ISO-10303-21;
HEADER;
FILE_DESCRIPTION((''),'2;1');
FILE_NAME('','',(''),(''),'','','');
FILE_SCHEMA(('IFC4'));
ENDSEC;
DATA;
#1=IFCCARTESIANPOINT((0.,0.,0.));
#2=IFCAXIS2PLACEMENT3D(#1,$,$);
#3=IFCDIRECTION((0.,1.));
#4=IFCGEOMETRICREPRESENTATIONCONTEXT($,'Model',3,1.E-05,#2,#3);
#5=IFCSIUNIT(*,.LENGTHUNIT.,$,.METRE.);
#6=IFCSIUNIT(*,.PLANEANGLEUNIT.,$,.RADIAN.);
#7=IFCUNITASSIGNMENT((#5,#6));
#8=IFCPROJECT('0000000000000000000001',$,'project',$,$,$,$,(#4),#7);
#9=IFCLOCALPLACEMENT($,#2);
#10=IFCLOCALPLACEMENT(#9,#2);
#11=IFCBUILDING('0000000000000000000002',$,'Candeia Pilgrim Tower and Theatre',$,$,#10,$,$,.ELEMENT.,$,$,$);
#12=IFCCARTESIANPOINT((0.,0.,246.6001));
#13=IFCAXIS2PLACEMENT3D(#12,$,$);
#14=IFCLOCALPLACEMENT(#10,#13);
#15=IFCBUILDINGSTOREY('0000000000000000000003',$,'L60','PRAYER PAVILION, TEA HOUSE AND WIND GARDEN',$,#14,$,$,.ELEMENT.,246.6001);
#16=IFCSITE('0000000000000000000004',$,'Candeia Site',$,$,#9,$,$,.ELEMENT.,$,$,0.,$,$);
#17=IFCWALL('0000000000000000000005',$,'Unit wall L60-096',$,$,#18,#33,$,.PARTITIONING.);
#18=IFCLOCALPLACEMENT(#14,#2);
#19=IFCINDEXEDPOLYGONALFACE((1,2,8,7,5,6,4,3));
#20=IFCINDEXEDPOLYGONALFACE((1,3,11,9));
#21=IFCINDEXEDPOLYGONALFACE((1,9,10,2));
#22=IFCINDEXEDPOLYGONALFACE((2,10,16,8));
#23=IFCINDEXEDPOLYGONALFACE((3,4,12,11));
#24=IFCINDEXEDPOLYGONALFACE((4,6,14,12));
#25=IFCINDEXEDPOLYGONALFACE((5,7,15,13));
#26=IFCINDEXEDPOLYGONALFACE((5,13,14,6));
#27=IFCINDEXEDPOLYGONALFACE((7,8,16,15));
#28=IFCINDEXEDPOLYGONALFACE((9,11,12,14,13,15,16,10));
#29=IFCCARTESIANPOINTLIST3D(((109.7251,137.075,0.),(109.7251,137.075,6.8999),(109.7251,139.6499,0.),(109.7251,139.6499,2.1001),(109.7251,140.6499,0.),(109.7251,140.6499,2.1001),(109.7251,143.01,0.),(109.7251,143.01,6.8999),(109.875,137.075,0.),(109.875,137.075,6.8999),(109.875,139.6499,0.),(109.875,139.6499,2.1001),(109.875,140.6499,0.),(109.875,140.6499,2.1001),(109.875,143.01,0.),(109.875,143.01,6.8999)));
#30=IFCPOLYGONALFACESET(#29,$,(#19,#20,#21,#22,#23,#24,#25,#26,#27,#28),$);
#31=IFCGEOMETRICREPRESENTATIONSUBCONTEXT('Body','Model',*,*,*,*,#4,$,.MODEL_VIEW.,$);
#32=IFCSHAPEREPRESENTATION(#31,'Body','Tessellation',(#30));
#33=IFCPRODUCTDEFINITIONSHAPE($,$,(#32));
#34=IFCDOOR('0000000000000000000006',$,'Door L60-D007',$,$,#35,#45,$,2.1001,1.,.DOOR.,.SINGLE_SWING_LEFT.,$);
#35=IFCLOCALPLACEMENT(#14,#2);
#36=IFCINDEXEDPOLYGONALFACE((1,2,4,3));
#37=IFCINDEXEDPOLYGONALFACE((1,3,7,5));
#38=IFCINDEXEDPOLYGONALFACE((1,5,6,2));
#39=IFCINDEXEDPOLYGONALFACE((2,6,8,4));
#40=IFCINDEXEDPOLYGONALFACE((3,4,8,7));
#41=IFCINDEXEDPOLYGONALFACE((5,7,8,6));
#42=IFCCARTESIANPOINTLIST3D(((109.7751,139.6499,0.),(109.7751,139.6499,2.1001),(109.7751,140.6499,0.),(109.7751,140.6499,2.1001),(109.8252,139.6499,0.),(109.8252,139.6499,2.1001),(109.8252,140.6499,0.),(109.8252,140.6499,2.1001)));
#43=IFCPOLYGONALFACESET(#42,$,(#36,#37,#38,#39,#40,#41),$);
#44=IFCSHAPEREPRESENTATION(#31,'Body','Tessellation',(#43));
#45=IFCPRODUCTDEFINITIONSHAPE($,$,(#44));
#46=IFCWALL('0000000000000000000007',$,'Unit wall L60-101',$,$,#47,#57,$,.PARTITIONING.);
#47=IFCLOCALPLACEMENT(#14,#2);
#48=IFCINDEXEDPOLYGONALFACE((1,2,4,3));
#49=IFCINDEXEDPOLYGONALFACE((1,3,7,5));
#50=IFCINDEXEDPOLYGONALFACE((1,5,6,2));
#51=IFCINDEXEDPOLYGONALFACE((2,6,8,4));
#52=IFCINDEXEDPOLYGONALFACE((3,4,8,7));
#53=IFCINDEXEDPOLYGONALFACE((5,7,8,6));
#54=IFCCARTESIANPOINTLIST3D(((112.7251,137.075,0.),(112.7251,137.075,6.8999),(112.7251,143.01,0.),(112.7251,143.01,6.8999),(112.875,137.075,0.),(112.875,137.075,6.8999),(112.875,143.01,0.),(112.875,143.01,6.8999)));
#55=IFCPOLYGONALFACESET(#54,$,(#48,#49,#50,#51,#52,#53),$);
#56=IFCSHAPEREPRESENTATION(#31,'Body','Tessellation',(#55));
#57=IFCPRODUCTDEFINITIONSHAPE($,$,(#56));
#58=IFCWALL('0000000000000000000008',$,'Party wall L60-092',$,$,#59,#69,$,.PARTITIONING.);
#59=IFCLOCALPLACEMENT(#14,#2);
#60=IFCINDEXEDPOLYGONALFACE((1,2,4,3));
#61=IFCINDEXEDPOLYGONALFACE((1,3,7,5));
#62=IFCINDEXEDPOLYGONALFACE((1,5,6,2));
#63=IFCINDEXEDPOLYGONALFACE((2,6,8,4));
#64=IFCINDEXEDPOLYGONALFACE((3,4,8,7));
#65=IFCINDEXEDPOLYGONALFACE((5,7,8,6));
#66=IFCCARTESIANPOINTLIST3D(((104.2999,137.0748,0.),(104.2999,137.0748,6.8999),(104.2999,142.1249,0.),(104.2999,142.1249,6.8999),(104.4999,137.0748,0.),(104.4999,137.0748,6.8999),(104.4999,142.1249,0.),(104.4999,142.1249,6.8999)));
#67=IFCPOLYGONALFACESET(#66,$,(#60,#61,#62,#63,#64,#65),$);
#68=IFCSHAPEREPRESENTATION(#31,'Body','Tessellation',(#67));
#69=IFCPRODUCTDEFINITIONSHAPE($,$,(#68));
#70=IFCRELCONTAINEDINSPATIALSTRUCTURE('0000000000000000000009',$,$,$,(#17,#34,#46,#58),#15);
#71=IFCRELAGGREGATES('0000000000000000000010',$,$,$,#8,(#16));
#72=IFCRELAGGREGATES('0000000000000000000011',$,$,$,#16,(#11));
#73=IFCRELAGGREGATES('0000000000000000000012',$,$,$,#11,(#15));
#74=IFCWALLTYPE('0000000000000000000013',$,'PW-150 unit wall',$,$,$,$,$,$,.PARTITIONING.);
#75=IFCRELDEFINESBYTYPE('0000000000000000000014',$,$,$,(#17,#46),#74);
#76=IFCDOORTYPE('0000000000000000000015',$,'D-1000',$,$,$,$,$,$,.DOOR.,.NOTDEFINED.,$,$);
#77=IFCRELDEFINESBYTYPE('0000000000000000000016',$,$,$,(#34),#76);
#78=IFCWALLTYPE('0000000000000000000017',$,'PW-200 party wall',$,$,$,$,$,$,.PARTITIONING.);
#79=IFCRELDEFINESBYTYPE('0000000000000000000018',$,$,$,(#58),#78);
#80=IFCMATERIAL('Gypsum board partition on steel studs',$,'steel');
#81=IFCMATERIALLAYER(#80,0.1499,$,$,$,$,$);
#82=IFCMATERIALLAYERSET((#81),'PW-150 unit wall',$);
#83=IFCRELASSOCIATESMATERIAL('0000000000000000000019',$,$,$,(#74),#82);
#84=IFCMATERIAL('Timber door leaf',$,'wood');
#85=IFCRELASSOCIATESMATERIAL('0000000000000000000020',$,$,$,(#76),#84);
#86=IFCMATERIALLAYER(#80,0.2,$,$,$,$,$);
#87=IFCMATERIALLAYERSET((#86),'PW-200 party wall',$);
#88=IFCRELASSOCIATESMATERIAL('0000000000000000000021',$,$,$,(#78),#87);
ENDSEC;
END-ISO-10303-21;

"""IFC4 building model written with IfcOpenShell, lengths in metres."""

from ifc_helpers import new_model, si_unit, direction, frame, frame_2d, origin, place, context, subcontext, project, spatial, rectangle, extrude, material, layer, layer_set, type_object, element, fill, save


model = new_model("IFC4")

# Units and contexts
model_context = context("Model", 3, precision=1e-05, world=origin(), true_north=direction((0.0, 1.0)))
body_context = subcontext(model_context, "Body", "Model", "MODEL_VIEW")
ifc_project = project(units=[si_unit("LENGTHUNIT", "METRE"), si_unit("PLANEANGLEUNIT", "RADIAN")], contexts=[model_context])

# Site, building, storey
site_placement = place(None, origin())
site = spatial("IfcSite", under=ifc_project, at=site_placement, Name="Candeia Site", CompositionType="ELEMENT", RefElevation=0.0)
building_placement = place(site_placement, origin())
building = spatial("IfcBuilding", under=site, at=building_placement, Name="Candeia Pilgrim Tower and Theatre", CompositionType="ELEMENT")
storey_placement = place(building_placement, frame((0.0, 0.0, 246.6001)))
storey = spatial("IfcBuildingStorey", under=building, at=storey_placement, Name="L60", Description="PRAYER PAVILION, TEA HOUSE AND WIND GARDEN", CompositionType="ELEMENT", Elevation=246.6001)

# Shared definitions
ifc_material_1 = material(Name="Gypsum board partition on steel studs", Category="steel")
ifc_layer_1 = layer(ifc_material_1, 0.1499)
ifc_layer_set_1 = layer_set([ifc_layer_1], Name="PW-150 unit wall")
wall_type_1 = type_object("IfcWallType", Name="PW-150 unit wall", PredefinedType="PARTITIONING", material=ifc_layer_set_1)

# Wall, opening, door
ifc_material_2 = material(Name="Timber door leaf", Category="wood")
door_type = type_object("IfcDoorType", Name="D-1000", OperationType="NOTDEFINED", PredefinedType="DOOR", material=ifc_material_2)
wall_1_placement = place(storey_placement, frame((109.8, 137.075, 0.0), z_axis=(0.0, 0.0, 1.0), x_axis=(0.0, 1.0, 0.0)))
wall_1 = element("IfcWall", 1, at=wall_1_placement, inside=storey, type_object=wall_type_1, Name="Unit wall L60-096", PredefinedType="PARTITIONING", context=body_context, shape_type="SweptSolid", body=[
    extrude(rectangle(XDim=5.9351, YDim=0.1499, at=frame_2d((2.9675, 0.0))), origin(), (0.0, 0.0, 1.0), 6.8999),
])
opening_1_placement = place(wall_1_placement, frame((2.575, 0.0, 0.0)))
opening_1 = element("IfcOpeningElement", 2, at=opening_1_placement, cuts=wall_1, PredefinedType="OPENING", context=body_context, shape_type="SweptSolid", body=[
    extrude(rectangle(XDim=1.0, YDim=2.1001, at=frame_2d((0.5, 1.05))), frame((0.0, 0.085, 0.0), z_axis=(0.0, -1.0, 0.0), x_axis=(1.0, 0.0, 0.0)), (0.0, 0.0, 1.0), 0.1699),
])
door_1_placement = place(opening_1_placement, origin())
door_1 = element("IfcDoor", 3, at=door_1_placement, inside=storey, type_object=door_type, Name="Door L60-D007", OperationType="SINGLE_SWING_LEFT", OverallHeight=2.1001, OverallWidth=1.0, PredefinedType="DOOR", context=body_context, shape_type="SweptSolid", body=[
    extrude(rectangle(XDim=1.0, YDim=2.1001, at=frame_2d((0.5, 1.05))), frame((0.0, 0.0249, 0.0), z_axis=(0.0, -1.0, 0.0), x_axis=(1.0, 0.0, 0.0)), (0.0, 0.0, 1.0), 0.05),
])
fill(opening_1, door_1)

# Walls
wall_2_placement = place(storey_placement, frame((112.8, 137.075, 0.0), z_axis=(0.0, 0.0, 1.0), x_axis=(0.0, 1.0, 0.0)))
element("IfcWall", 4, at=wall_2_placement, inside=storey, type_object=wall_type_1, Name="Unit wall L60-101", PredefinedType="PARTITIONING", context=body_context, shape_type="SweptSolid", body=[
    extrude(rectangle(XDim=5.9351, YDim=0.1499, at=frame_2d((2.9675, 0.0))), origin(), (0.0, 0.0, 1.0), 6.8999),
])
ifc_layer_2 = layer(ifc_material_1, 0.2)
ifc_layer_set_2 = layer_set([ifc_layer_2], Name="PW-200 party wall")
wall_type_2 = type_object("IfcWallType", Name="PW-200 party wall", PredefinedType="PARTITIONING", material=ifc_layer_set_2)
wall_3_placement = place(storey_placement, frame((104.3999, 137.075, 0.0), z_axis=(0.0, 0.0, 1.0), x_axis=(0.0, 1.0, 0.0)))
element("IfcWall", 5, at=wall_3_placement, inside=storey, type_object=wall_type_2, Name="Party wall L60-092", PredefinedType="PARTITIONING", context=body_context, shape_type="SweptSolid", body=[
    extrude(rectangle(XDim=5.05, YDim=0.2, at=frame_2d((2.5249, 0.0))), origin(), (0.0, 0.0, 1.0), 6.8999),
])

save(model, "model.ifc")
